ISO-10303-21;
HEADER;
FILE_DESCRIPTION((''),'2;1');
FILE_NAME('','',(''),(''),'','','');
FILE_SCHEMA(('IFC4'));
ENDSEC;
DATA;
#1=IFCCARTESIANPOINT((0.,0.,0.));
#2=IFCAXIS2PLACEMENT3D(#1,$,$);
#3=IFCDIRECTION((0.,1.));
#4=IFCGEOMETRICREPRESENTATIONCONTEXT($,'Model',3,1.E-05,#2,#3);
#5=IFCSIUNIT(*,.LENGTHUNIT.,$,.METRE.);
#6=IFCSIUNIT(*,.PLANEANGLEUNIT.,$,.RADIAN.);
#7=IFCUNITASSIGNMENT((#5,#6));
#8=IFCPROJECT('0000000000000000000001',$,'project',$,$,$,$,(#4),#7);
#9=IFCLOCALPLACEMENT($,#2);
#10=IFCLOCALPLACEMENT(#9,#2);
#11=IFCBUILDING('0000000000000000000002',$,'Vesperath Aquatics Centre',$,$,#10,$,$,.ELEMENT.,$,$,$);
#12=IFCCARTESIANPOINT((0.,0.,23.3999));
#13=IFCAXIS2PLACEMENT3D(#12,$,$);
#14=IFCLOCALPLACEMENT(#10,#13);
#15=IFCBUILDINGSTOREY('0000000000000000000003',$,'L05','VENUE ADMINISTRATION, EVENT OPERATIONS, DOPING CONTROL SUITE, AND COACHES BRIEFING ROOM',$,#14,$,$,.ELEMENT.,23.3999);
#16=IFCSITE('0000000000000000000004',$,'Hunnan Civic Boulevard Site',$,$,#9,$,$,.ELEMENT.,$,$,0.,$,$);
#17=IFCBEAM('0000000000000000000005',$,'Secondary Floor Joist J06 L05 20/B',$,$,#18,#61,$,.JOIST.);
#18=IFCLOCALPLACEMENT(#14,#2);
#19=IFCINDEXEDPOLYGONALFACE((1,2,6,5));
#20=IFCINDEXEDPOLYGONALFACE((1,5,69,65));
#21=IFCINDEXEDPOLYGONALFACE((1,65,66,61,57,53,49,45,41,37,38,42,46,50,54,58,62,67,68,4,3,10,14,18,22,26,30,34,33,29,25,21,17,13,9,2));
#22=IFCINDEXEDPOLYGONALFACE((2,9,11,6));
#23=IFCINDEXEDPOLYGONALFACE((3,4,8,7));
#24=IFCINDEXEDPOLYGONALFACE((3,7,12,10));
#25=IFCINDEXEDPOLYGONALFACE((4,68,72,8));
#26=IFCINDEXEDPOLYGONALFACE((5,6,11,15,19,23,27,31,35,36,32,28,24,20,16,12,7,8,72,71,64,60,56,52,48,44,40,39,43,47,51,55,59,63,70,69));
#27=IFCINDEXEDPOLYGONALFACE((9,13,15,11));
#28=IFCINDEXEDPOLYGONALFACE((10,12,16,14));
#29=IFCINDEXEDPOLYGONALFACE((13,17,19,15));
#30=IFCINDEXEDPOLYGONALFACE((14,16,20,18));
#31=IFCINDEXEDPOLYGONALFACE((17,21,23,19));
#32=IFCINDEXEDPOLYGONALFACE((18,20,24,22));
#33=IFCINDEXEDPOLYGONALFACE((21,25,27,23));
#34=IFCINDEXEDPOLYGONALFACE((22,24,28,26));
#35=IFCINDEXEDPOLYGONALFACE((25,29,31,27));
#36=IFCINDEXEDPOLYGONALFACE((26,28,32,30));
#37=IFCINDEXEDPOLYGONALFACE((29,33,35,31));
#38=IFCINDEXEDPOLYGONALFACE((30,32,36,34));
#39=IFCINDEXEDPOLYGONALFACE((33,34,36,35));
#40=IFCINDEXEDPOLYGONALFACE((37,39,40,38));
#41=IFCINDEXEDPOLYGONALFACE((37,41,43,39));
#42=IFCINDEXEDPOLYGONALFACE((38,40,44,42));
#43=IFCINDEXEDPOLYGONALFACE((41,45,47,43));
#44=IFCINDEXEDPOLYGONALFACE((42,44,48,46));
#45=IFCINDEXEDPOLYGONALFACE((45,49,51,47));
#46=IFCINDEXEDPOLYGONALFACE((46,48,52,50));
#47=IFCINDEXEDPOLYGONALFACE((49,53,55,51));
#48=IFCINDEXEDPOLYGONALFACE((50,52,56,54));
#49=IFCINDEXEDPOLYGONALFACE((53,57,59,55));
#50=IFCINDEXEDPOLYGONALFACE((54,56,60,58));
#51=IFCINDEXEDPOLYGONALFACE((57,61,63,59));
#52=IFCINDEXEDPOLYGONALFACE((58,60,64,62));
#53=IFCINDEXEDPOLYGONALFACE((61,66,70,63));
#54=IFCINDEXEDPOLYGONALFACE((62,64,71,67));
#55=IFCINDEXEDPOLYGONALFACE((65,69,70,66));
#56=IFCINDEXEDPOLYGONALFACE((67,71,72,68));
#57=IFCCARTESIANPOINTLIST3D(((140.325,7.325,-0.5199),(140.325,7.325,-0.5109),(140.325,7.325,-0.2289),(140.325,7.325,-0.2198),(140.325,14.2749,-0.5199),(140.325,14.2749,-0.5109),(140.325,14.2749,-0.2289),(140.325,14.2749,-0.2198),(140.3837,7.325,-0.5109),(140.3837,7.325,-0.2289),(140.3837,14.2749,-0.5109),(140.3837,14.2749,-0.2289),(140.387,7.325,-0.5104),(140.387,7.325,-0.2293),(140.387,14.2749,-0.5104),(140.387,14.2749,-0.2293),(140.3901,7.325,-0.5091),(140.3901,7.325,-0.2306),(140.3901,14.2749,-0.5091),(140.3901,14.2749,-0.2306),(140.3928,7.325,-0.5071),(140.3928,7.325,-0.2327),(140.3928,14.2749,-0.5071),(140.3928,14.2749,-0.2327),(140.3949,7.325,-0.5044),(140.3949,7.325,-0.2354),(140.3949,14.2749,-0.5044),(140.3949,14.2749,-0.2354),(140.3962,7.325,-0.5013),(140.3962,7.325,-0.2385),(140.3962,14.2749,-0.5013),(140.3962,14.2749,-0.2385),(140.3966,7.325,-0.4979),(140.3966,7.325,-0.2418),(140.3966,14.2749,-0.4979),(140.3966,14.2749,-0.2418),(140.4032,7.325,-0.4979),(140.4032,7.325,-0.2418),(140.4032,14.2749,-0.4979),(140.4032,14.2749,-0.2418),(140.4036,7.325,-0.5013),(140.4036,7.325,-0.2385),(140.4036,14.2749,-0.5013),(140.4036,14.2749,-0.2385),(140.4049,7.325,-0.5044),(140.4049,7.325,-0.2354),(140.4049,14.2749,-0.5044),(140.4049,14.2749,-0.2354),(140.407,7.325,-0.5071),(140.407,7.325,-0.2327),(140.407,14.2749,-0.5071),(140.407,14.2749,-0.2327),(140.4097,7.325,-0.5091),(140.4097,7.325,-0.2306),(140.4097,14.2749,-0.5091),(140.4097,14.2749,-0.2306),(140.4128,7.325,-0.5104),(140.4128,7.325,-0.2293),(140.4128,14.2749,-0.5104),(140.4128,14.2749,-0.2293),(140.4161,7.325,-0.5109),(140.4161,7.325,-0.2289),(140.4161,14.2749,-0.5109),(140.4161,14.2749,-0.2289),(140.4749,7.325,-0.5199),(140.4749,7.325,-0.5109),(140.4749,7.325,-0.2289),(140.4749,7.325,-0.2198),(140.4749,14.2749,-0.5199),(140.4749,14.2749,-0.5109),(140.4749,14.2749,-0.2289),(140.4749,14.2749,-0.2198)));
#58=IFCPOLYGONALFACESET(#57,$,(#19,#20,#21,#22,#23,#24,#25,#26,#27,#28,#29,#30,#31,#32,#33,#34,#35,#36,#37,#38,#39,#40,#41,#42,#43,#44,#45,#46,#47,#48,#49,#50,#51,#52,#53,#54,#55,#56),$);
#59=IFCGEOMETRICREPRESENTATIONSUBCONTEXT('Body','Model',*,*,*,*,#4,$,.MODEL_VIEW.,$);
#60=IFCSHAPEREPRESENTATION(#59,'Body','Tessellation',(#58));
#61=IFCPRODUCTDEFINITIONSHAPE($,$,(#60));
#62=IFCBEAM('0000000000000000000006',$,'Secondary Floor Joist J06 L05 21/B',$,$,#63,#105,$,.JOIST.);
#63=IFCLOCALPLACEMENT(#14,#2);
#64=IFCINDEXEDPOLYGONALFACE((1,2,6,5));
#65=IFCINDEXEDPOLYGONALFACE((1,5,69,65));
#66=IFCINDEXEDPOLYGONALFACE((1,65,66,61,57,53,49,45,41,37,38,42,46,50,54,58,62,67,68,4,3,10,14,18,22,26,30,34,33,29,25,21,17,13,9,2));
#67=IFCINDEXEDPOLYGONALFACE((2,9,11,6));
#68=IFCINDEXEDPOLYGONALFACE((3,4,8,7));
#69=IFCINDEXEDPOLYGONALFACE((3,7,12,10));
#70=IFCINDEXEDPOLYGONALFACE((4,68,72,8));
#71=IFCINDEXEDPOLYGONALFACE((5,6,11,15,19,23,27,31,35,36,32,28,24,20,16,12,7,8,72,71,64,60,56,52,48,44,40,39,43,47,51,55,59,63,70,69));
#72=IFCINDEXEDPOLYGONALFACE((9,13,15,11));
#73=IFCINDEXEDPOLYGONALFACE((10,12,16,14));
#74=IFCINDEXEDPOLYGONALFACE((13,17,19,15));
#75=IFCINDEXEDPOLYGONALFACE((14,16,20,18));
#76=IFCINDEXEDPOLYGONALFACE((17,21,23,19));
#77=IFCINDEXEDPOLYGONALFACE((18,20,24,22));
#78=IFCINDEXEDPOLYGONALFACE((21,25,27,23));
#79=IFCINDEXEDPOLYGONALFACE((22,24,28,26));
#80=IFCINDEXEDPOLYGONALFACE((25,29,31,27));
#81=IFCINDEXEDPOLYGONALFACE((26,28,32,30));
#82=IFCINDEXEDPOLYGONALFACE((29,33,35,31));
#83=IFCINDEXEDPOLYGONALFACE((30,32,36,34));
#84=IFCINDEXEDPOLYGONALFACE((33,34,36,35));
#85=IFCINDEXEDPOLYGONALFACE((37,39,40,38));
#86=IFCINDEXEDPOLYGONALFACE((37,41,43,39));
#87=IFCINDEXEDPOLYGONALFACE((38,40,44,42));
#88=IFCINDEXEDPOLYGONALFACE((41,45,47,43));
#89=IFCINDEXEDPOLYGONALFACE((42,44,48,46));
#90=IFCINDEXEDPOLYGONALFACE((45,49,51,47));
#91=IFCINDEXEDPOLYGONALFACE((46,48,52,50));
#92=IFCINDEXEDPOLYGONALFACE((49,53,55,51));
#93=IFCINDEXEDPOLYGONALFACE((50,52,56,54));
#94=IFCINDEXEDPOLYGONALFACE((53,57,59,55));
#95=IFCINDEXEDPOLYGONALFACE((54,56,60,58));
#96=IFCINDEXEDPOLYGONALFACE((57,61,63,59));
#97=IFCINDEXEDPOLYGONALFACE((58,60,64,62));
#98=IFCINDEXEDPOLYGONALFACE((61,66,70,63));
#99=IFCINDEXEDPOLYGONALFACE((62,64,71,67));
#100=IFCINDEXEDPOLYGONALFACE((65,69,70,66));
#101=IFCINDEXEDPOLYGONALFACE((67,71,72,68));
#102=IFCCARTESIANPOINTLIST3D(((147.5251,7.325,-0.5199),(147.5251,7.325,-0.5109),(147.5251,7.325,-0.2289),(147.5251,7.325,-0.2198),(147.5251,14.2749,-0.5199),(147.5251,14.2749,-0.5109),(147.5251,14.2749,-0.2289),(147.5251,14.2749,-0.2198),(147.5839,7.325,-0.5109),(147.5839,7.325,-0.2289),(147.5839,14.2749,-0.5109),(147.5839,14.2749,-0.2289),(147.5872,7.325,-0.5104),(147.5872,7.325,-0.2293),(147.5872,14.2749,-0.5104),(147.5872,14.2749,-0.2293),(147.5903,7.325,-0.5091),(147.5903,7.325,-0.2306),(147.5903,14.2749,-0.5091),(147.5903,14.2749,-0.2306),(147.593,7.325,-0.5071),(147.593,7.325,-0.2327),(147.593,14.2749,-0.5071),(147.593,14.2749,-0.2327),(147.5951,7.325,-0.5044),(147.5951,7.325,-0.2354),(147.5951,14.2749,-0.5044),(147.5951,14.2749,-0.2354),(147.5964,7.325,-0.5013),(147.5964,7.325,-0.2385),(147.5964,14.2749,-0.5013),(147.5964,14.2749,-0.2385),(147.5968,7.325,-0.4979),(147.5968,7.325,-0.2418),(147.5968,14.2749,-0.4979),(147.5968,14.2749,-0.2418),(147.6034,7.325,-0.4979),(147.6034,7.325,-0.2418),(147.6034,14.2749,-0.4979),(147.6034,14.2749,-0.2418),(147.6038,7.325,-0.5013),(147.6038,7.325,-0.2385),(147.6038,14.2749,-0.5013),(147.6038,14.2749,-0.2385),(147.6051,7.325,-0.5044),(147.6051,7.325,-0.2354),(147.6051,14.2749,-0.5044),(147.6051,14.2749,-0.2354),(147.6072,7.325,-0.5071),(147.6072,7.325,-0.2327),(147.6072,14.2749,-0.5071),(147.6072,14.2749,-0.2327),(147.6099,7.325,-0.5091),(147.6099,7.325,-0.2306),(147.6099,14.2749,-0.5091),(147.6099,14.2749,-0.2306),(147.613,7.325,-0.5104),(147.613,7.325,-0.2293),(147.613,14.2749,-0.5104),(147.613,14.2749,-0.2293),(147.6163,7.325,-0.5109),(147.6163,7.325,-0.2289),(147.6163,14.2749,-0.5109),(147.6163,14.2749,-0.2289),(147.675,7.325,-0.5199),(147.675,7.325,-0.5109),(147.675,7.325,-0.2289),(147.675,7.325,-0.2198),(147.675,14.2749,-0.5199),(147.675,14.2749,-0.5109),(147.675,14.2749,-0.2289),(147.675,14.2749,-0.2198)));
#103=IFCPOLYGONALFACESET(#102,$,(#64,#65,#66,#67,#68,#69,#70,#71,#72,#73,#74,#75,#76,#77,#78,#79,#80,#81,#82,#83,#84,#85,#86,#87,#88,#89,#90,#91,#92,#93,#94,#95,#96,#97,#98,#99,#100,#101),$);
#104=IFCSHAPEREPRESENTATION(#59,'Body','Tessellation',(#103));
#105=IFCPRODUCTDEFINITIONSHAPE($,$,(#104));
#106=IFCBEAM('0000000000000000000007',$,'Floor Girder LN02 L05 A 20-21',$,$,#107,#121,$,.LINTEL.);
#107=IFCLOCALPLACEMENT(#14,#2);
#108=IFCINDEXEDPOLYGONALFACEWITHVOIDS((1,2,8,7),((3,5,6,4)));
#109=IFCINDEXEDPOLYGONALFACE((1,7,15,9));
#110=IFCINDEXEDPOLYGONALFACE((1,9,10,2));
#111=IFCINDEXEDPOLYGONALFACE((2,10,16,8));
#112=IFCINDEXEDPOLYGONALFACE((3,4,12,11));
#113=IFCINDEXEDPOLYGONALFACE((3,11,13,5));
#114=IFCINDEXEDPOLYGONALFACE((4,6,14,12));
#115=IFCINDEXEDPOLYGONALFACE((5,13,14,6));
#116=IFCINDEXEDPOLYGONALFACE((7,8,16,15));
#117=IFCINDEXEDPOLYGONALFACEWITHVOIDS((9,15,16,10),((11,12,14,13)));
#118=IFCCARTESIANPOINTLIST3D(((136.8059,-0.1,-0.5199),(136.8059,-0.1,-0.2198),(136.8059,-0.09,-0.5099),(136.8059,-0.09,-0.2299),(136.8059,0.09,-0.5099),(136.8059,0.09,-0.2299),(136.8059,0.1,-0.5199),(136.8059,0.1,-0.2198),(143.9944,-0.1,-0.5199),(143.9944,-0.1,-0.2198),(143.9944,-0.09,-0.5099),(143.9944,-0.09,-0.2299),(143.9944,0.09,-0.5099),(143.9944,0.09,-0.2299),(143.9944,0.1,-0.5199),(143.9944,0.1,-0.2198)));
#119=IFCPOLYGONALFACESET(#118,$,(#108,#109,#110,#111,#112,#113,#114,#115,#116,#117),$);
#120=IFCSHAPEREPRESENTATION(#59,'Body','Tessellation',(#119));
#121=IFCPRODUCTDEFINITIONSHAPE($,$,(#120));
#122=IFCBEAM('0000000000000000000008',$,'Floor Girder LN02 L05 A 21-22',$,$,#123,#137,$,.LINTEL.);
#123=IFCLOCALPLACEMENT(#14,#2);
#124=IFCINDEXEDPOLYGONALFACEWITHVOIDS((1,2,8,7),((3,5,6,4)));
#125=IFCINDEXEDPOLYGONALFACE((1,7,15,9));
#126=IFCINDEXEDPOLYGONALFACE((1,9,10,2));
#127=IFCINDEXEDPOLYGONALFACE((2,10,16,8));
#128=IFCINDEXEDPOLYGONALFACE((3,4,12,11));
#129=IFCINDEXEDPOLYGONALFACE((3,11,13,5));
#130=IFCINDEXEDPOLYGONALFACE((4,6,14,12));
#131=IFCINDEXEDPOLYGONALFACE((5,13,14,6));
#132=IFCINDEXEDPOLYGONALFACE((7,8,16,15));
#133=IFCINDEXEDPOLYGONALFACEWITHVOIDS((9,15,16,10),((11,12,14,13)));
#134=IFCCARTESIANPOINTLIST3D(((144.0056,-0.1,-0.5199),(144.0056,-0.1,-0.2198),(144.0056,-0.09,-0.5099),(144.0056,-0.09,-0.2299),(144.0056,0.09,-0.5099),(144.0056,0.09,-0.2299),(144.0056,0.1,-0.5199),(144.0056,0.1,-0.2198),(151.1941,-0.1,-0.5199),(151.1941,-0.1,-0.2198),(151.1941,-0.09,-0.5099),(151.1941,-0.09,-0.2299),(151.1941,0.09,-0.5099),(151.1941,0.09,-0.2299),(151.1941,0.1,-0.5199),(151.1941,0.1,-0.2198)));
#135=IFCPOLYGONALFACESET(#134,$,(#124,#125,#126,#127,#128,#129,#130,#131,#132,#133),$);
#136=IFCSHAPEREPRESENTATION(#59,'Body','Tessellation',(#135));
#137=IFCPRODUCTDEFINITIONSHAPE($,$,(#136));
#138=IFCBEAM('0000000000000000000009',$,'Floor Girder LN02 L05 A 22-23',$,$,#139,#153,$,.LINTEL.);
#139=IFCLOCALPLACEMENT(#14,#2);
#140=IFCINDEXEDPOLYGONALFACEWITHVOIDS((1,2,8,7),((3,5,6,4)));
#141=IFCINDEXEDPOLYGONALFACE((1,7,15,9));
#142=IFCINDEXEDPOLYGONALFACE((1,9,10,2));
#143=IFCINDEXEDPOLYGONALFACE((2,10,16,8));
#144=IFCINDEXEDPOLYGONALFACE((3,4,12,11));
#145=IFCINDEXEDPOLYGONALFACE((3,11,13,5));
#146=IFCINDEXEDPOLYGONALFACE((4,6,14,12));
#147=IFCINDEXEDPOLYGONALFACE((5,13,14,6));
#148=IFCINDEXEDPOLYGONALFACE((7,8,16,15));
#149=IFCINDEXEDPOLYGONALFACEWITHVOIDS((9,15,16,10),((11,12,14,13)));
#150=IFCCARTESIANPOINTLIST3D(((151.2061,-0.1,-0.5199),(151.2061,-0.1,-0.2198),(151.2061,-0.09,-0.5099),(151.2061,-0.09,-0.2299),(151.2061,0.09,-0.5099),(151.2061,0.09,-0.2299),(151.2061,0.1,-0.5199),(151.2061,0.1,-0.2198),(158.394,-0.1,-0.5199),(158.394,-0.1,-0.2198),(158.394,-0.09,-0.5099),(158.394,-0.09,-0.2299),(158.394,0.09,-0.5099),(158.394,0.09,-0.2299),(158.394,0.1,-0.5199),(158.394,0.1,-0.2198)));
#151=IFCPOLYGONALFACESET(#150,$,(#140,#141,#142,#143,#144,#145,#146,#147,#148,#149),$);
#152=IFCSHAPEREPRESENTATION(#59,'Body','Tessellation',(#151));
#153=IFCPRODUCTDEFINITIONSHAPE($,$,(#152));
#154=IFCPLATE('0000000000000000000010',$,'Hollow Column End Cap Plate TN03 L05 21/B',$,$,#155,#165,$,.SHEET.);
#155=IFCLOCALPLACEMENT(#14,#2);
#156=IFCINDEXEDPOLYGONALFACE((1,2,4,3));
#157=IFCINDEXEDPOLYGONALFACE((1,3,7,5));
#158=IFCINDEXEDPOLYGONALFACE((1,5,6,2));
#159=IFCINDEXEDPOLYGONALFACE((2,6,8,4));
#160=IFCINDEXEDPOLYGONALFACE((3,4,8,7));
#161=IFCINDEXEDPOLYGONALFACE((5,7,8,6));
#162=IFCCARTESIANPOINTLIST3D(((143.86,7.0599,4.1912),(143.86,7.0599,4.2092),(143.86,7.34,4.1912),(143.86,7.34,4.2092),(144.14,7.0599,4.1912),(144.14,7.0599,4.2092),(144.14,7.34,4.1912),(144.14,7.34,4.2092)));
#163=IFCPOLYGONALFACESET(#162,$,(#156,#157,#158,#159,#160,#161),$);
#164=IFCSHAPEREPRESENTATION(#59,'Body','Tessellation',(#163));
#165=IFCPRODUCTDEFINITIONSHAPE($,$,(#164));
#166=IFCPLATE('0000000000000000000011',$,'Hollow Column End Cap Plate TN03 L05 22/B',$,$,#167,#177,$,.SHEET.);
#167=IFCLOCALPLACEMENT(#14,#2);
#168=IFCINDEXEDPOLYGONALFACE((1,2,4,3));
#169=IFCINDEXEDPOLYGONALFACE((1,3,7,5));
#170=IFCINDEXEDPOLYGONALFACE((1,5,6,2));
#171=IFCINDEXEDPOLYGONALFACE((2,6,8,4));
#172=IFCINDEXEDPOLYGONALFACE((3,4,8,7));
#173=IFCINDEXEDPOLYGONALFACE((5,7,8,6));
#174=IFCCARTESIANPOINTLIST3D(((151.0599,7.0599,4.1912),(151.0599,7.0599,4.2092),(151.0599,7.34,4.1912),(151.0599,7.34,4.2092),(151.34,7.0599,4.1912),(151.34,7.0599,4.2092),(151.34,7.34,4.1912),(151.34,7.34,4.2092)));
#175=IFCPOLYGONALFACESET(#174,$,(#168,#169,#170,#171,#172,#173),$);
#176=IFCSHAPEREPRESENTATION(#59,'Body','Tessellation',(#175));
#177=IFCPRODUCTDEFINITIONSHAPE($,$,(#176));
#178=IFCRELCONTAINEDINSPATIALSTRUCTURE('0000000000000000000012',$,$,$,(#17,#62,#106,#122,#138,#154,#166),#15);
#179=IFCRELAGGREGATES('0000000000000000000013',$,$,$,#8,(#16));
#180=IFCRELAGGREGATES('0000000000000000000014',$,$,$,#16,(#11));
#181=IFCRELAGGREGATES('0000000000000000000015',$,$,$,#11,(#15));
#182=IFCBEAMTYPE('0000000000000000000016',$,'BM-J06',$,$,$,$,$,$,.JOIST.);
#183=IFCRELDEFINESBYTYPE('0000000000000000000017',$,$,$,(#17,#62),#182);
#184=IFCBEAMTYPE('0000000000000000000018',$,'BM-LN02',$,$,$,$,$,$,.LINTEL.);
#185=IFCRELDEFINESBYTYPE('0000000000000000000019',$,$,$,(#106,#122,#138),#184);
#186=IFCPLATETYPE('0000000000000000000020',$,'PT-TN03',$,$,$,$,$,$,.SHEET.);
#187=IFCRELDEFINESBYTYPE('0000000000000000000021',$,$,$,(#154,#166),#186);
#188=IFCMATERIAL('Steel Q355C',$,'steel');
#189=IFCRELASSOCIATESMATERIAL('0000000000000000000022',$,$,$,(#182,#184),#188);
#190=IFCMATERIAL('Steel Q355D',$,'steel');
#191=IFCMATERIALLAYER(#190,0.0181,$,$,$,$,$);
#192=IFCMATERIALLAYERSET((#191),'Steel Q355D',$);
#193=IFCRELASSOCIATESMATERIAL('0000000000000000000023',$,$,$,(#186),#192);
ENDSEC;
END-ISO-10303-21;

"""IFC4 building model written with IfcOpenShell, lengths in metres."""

from ifc_helpers import new_model, si_unit, direction, frame, origin, origin_2d, place, context, subcontext, project, spatial, rectangle, hollow_rectangle, i_section, extrude, material, layer, layer_set, material_profile, profile_set, type_object, element, save


model = new_model("IFC4")

# Units and contexts
model_context = context("Model", 3, precision=1e-05, world=origin(), true_north=direction((0.0, 1.0)))
body_context = subcontext(model_context, "Body", "Model", "MODEL_VIEW")
ifc_project = project(units=[si_unit("LENGTHUNIT", "METRE"), si_unit("PLANEANGLEUNIT", "RADIAN")], contexts=[model_context])

# Site, building, storey
site_placement = place(None, origin())
site = spatial("IfcSite", under=ifc_project, at=site_placement, Name="Hunnan Civic Boulevard Site", CompositionType="ELEMENT", RefElevation=0.0)
building_placement = place(site_placement, origin())
building = spatial("IfcBuilding", under=site, at=building_placement, Name="Vesperath Aquatics Centre", CompositionType="ELEMENT")
storey_placement = place(building_placement, frame((0.0, 0.0, 23.3999)))
storey = spatial("IfcBuildingStorey", under=building, at=storey_placement, Name="L05", Description="VENUE ADMINISTRATION, EVENT OPERATIONS, DOPING CONTROL SUITE, AND COACHES BRIEFING ROOM", CompositionType="ELEMENT", Elevation=23.3999)

# Shared definitions
ifc_material_1 = material(Name="Steel Q355C", Category="steel")

# Beams
ifc_material_2 = material(Name="Steel Q355D", Category="steel")
ifc_material_profile_1 = material_profile(ifc_material_1, i_section(OverallWidth=0.1499, OverallDepth=0.3, WebThickness=0.0066, FlangeThickness=0.009, FilletRadius=0.0129, at=origin_2d()), Name="HN 300x150x6.5x9")
ifc_profile_set_1 = profile_set([ifc_material_profile_1], Name="Steel Q355C")
beam_type_1 = type_object("IfcBeamType", Name="BM-J06", PredefinedType="JOIST", material=ifc_profile_set_1)
for number, where, z_axis, x_axis, name in (
    (1, (140.3999, 7.325, -0.3699), (0.0, 1.0, 0.0), (-1.0, 0.0, 0.0), "Secondary Floor Joist J06 L05 20/B"),
    (2, (147.6001, 7.325, -0.3699), (0.0, 1.0, 0.0), (-1.0, 0.0, 0.0), "Secondary Floor Joist J06 L05 21/B"),
):
    element("IfcBeam", number, at=place(storey_placement, frame(where, z_axis=z_axis, x_axis=x_axis)), inside=storey, type_object=beam_type_1, Name=name, PredefinedType="JOIST", context=body_context, shape_type="SweptSolid", body=[
        extrude(i_section(OverallWidth=0.1499, OverallDepth=0.3, WebThickness=0.0066, FlangeThickness=0.009, FilletRadius=0.0129, at=origin_2d()), origin(), (0.0, 0.0, 1.0), 6.95),
    ])
ifc_material_profile_2 = material_profile(ifc_material_1, hollow_rectangle(XDim=0.2, YDim=0.3, WallThickness=0.01, at=origin_2d()), Name="RHS 300x200x10")
ifc_profile_set_2 = profile_set([ifc_material_profile_2], Name="Steel Q355C")
beam_type_2 = type_object("IfcBeamType", Name="BM-LN02", PredefinedType="LINTEL", material=ifc_profile_set_2)
for number, where, z_axis, x_axis, name in (
    (3, (136.8059, 0.0, -0.3699), (1.0, 0.0, 0.0), (0.0, 1.0, 0.0), "Floor Girder LN02 L05 A 20-21"),
    (4, (144.0056, 0.0, -0.3699), (1.0, 0.0, 0.0), (0.0, 1.0, 0.0), "Floor Girder LN02 L05 A 21-22"),
):
    element("IfcBeam", number, at=place(storey_placement, frame(where, z_axis=z_axis, x_axis=x_axis)), inside=storey, type_object=beam_type_2, Name=name, PredefinedType="LINTEL", context=body_context, shape_type="SweptSolid", body=[
        extrude(hollow_rectangle(XDim=0.2, YDim=0.3, WallThickness=0.01, at=origin_2d()), origin(), (0.0, 0.0, 1.0), 7.1885),
    ])
beam_1_placement = place(storey_placement, frame((151.2061, 0.0, -0.3699), z_axis=(1.0, 0.0, 0.0), x_axis=(0.0, 1.0, 0.0)))
element("IfcBeam", 5, at=beam_1_placement, inside=storey, type_object=beam_type_2, Name="Floor Girder LN02 L05 A 22-23", PredefinedType="LINTEL", context=body_context, shape_type="SweptSolid", body=[
    extrude(hollow_rectangle(XDim=0.2, YDim=0.3, WallThickness=0.01, at=origin_2d()), origin(), (0.0, 0.0, 1.0), 7.188),
])

# Plates
ifc_layer_1 = layer(ifc_material_2, 0.0181)
ifc_layer_set_1 = layer_set([ifc_layer_1], Name="Steel Q355D")
plate_type = type_object("IfcPlateType", Name="PT-TN03", PredefinedType="SHEET", material=ifc_layer_set_1)
for number, where, z_axis, x_axis, name in (
    (6, (144.0, 7.2, 4.1912), (0.0, 0.0, 1.0), (1.0, 0.0, 0.0), "Hollow Column End Cap Plate TN03 L05 21/B"),
    (7, (151.2, 7.2, 4.1912), (0.0, 0.0, 1.0), (1.0, 0.0, 0.0), "Hollow Column End Cap Plate TN03 L05 22/B"),
):
    element("IfcPlate", number, at=place(storey_placement, frame(where, z_axis=z_axis, x_axis=x_axis)), inside=storey, type_object=plate_type, Name=name, PredefinedType="SHEET", context=body_context, shape_type="SweptSolid", body=[
        extrude(rectangle(XDim=0.28, YDim=0.28, at=origin_2d()), origin(), (0.0, 0.0, 1.0), 0.0181),
    ])

save(model, "model.ifc")
